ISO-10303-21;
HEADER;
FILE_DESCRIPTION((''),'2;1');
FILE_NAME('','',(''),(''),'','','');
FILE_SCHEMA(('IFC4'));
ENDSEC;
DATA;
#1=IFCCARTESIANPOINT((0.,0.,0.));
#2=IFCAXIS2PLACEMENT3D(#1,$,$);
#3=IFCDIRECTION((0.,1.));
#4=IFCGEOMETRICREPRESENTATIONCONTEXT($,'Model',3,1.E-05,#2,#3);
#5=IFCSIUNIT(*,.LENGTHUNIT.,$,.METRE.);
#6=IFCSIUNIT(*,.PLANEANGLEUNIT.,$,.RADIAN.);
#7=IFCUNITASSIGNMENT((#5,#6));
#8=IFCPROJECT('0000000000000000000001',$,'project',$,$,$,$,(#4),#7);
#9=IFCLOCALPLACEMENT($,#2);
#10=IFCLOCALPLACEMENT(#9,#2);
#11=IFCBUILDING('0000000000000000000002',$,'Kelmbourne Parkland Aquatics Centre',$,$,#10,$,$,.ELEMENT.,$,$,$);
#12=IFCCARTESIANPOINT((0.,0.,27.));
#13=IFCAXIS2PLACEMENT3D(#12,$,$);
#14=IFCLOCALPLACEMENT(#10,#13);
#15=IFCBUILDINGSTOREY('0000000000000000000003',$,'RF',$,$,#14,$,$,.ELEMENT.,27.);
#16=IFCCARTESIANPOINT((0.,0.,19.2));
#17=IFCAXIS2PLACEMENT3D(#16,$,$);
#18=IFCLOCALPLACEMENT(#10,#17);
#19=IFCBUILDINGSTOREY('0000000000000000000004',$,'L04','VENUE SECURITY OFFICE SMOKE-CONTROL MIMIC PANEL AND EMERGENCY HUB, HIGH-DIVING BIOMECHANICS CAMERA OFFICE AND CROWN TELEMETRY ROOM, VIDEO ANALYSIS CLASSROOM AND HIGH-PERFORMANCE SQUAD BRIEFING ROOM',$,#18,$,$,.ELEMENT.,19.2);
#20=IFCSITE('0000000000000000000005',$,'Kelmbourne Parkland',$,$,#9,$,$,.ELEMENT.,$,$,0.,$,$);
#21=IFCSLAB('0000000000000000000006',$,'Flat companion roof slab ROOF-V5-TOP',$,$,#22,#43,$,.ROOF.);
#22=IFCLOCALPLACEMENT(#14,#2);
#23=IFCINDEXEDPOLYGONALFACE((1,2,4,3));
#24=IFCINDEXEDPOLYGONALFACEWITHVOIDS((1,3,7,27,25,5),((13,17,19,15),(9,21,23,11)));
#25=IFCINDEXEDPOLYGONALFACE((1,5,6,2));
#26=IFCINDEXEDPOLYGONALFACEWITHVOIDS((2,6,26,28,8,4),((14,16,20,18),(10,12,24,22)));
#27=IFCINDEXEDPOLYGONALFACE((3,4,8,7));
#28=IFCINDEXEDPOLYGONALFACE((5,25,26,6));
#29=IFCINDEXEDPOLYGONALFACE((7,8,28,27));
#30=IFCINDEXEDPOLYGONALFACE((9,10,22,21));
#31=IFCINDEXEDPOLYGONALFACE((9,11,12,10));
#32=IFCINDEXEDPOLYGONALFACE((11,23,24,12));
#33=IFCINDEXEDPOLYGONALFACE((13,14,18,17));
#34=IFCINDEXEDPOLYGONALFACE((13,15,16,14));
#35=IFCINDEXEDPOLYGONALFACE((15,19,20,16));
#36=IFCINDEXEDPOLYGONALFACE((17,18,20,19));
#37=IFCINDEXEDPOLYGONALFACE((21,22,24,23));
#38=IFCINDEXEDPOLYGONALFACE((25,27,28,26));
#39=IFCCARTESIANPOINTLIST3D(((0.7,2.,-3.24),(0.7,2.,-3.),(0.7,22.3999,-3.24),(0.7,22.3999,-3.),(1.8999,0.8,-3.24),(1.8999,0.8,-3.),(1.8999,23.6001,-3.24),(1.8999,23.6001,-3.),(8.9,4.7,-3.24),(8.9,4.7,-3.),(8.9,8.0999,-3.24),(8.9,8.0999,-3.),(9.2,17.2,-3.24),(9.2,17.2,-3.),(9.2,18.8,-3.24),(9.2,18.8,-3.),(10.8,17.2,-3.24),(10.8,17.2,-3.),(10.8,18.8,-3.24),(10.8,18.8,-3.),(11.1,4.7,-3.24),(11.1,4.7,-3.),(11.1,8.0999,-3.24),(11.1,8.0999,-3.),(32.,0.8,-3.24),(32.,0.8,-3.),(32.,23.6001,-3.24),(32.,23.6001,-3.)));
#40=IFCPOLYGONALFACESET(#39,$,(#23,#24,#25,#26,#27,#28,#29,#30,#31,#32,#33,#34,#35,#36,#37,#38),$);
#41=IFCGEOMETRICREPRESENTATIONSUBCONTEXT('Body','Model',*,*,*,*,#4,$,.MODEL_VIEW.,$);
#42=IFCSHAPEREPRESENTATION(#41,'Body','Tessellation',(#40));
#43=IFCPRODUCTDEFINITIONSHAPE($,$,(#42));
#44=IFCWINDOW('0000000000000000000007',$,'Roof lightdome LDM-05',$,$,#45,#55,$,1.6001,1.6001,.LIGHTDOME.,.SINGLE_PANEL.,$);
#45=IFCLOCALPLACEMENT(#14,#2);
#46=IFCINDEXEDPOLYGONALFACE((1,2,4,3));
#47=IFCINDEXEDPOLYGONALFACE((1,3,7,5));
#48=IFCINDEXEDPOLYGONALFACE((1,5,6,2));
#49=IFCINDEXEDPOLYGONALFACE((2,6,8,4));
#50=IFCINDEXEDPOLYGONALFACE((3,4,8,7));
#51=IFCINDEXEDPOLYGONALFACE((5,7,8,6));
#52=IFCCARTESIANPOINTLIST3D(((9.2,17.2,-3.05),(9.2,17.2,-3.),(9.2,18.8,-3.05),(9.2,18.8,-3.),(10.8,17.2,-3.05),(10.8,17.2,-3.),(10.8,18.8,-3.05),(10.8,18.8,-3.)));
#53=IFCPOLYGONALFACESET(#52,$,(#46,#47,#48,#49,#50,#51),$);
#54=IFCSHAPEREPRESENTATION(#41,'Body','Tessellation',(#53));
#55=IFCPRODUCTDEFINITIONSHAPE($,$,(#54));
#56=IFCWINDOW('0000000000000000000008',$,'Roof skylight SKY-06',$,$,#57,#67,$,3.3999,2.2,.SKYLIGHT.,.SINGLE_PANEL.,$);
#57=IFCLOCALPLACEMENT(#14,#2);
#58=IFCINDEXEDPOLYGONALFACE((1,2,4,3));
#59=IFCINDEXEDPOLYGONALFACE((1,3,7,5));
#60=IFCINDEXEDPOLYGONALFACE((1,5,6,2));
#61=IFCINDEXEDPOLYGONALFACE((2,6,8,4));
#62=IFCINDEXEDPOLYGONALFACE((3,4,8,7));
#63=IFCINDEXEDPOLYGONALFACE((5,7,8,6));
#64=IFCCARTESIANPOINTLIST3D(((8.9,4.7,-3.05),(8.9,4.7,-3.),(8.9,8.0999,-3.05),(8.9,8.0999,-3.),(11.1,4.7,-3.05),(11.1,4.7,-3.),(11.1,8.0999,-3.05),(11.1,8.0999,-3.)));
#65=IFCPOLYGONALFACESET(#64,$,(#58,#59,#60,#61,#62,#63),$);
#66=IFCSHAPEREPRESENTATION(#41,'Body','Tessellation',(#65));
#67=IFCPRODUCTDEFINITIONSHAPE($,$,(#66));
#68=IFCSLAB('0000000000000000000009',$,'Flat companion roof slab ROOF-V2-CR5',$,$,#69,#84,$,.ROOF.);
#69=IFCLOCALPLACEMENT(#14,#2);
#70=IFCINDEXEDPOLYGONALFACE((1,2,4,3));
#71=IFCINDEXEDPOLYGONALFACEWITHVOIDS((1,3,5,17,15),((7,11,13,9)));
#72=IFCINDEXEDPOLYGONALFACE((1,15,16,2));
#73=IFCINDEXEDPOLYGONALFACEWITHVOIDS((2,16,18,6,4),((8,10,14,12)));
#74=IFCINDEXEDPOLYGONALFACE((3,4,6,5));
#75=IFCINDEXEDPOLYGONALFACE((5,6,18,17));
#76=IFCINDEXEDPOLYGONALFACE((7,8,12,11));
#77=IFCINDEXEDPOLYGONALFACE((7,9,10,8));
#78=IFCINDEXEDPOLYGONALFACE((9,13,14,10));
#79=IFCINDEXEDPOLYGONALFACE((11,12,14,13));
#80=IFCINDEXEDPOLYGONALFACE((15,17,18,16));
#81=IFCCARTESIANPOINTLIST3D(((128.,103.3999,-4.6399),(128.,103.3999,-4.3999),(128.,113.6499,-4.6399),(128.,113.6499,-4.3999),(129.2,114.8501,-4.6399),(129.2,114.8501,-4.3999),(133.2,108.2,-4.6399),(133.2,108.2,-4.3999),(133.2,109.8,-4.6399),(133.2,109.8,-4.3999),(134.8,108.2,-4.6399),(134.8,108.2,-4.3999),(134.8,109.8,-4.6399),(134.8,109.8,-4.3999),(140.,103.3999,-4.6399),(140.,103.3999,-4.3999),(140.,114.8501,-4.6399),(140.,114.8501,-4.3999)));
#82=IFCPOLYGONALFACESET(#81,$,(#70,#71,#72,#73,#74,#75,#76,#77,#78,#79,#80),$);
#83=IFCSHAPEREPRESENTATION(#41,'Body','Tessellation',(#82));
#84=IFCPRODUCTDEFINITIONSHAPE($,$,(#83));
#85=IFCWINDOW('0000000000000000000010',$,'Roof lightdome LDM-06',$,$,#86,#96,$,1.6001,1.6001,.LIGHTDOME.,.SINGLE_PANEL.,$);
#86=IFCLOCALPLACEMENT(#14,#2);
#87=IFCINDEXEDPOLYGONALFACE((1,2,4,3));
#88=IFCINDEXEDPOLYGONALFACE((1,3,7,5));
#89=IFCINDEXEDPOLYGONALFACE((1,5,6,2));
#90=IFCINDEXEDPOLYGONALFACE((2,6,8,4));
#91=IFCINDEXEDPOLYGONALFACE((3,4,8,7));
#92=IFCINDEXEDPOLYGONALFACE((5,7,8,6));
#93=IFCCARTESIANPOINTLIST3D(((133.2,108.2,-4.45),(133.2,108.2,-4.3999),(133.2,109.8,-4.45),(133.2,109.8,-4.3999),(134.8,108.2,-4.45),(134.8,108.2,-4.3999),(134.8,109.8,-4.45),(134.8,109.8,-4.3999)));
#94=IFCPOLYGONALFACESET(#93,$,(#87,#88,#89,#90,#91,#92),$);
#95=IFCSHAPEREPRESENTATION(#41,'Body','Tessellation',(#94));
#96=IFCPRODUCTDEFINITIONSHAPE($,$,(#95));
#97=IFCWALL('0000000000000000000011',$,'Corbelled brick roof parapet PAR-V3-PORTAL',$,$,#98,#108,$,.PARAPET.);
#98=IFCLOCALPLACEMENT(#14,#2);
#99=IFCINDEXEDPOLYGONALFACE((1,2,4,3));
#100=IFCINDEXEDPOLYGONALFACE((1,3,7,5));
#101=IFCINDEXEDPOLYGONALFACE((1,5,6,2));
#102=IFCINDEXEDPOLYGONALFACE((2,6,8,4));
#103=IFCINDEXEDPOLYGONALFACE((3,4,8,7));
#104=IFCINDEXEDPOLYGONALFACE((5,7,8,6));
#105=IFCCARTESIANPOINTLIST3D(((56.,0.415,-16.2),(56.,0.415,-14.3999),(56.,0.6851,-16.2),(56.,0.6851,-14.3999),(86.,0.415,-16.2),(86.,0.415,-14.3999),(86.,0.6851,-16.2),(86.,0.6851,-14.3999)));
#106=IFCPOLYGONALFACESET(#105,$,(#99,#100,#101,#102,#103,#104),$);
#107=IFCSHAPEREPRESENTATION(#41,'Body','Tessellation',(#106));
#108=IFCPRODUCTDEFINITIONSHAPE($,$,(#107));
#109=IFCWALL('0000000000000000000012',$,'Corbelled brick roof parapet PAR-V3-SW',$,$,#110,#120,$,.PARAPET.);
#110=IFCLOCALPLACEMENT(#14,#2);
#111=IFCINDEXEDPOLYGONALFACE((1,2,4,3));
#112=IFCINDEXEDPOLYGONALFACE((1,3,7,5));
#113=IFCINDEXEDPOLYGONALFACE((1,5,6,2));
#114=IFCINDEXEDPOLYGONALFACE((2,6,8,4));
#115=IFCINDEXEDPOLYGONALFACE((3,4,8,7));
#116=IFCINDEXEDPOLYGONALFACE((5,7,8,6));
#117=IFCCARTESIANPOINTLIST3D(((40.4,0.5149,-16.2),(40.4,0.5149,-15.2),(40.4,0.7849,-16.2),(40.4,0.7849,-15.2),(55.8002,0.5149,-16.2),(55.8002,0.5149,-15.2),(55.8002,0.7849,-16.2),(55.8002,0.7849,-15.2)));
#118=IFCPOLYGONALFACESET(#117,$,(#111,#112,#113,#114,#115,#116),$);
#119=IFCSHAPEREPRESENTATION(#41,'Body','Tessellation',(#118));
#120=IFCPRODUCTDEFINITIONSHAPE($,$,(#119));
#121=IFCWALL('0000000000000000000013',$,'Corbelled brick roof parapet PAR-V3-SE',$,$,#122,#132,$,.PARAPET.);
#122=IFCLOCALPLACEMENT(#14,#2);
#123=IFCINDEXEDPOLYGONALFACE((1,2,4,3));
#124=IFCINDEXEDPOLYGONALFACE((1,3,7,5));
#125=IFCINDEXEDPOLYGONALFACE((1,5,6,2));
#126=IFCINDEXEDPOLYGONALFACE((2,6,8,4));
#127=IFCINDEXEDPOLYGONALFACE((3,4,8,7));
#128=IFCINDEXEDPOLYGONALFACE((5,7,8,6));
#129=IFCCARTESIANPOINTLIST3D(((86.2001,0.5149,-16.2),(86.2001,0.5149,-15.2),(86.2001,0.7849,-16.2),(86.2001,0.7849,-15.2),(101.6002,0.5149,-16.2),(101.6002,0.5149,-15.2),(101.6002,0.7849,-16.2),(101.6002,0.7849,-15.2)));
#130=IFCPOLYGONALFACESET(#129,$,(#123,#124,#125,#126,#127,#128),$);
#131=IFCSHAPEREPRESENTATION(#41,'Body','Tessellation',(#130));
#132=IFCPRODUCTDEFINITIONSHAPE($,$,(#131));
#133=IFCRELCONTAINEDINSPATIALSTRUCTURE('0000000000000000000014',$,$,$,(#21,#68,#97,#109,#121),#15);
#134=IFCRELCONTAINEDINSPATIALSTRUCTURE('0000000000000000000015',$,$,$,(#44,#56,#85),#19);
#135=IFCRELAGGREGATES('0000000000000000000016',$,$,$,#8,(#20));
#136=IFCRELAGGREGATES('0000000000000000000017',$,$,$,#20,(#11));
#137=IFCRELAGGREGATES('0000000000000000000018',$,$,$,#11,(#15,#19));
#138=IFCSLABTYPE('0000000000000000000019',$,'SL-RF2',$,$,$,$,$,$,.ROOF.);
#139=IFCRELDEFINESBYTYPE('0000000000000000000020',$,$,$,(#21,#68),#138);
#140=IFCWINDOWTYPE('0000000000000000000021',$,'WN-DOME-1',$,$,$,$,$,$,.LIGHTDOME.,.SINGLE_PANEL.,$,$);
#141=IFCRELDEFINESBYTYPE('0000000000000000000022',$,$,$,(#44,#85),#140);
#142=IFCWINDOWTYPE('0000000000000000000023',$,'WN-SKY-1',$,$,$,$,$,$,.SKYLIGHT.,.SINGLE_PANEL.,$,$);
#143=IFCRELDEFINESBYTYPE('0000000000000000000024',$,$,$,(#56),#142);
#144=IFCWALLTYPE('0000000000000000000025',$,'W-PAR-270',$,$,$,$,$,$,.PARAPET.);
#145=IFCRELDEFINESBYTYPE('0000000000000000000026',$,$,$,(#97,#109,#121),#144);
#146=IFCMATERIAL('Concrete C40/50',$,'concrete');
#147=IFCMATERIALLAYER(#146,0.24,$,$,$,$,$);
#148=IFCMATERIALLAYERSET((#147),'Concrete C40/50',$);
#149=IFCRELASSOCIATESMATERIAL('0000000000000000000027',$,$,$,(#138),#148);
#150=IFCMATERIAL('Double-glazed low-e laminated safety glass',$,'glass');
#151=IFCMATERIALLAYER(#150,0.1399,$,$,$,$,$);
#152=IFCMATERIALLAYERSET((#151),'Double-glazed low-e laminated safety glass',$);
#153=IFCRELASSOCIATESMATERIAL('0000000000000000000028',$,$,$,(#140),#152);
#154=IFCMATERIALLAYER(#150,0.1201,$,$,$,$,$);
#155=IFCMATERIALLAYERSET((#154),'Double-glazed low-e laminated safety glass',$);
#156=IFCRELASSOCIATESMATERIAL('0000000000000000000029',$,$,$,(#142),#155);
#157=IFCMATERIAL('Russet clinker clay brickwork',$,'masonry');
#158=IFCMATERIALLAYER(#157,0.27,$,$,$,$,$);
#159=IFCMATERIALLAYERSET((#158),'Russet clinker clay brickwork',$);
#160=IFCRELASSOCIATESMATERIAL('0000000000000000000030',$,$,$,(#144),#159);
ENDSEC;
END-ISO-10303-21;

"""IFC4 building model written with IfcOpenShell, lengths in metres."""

from ifc_helpers import new_model, si_unit, direction, frame, frame_2d, origin, origin_2d, place, context, subcontext, project, spatial, polyline, rectangle, outline, extrude, material, layer, layer_set, type_object, element, fill, save


model = new_model("IFC4")

# Units and contexts
model_context = context("Model", 3, precision=1e-05, world=origin(), true_north=direction((0.0, 1.0)))
body_context = subcontext(model_context, "Body", "Model", "MODEL_VIEW")
ifc_project = project(units=[si_unit("LENGTHUNIT", "METRE"), si_unit("PLANEANGLEUNIT", "RADIAN")], contexts=[model_context])

# Site, building, storey
site_placement = place(None, origin())
site = spatial("IfcSite", under=ifc_project, at=site_placement, Name="Kelmbourne Parkland", CompositionType="ELEMENT", RefElevation=0.0)
building_placement = place(site_placement, origin())
building = spatial("IfcBuilding", under=site, at=building_placement, Name="Kelmbourne Parkland Aquatics Centre", CompositionType="ELEMENT")
storey_1_placement = place(building_placement, frame((0.0, 0.0, 27.0)))
storey_1 = spatial("IfcBuildingStorey", under=building, at=storey_1_placement, Name="RF", CompositionType="ELEMENT", Elevation=27.0)

# Shared definitions
ifc_material_1 = material(Name="Concrete C40/50", Category="concrete")

# Slab, openings
ifc_layer_1 = layer(ifc_material_1, 0.24)
ifc_layer_set_1 = layer_set([ifc_layer_1], Name="Concrete C40/50")
slab_type = type_object("IfcSlabType", Name="SL-RF2", PredefinedType="ROOF", material=ifc_layer_set_1)
slab_1_placement = place(storey_1_placement, frame((0.0, 0.0, -3.24)))
slab_1 = element("IfcSlab", 1, at=slab_1_placement, inside=storey_1, type_object=slab_type, Name="Flat companion roof slab ROOF-V5-TOP", PredefinedType="ROOF", context=body_context, shape_type="SweptSolid", body=[
    extrude(outline(polyline([(32.0, 0.8), (32.0, 23.6001), (1.8999, 23.6001), (0.7, 22.3999), (0.7, 2.0), (1.8999, 0.8), (32.0, 0.8)])), origin(), (0.0, 0.0, 1.0), 0.24),
])
opening_1_placement = place(slab_1_placement, frame((10.0, 6.3999, 0.0)))
opening_1 = element("IfcOpeningElement", 2, at=opening_1_placement, cuts=slab_1, PredefinedType="OPENING", context=body_context, shape_type="SweptSolid", body=[
    extrude(rectangle(XDim=2.2, YDim=3.3999, at=origin_2d()), frame((0.0, 0.0, -0.012)), (0.0, 0.0, 1.0), 0.2639),
])
opening_2_placement = place(slab_1_placement, frame((10.0, 18.0, 0.0)))
opening_2 = element("IfcOpeningElement", 3, at=opening_2_placement, cuts=slab_1, PredefinedType="OPENING", context=body_context, shape_type="SweptSolid", body=[
    extrude(rectangle(XDim=1.6001, YDim=1.6001, at=origin_2d()), frame((0.0, 0.0, -0.012)), (0.0, 0.0, 1.0), 0.2639),
])

# Shared definitions
storey_2_placement = place(building_placement, frame((0.0, 0.0, 19.2)))
storey_2 = spatial("IfcBuildingStorey", under=building, at=storey_2_placement, Name="L04", Description="VENUE SECURITY OFFICE SMOKE-CONTROL MIMIC PANEL AND EMERGENCY HUB, HIGH-DIVING BIOMECHANICS CAMERA OFFICE AND CROWN TELEMETRY ROOM, VIDEO ANALYSIS CLASSROOM AND HIGH-PERFORMANCE SQUAD BRIEFING ROOM", CompositionType="ELEMENT", Elevation=19.2)

# Windows
ifc_material_2 = material(Name="Double-glazed low-e laminated safety glass", Category="glass")
ifc_layer_2 = layer(ifc_material_2, 0.1399)
ifc_layer_set_2 = layer_set([ifc_layer_2], Name="Double-glazed low-e laminated safety glass")
window_type_1 = type_object("IfcWindowType", Name="WN-DOME-1", PartitioningType="SINGLE_PANEL", PredefinedType="LIGHTDOME", material=ifc_layer_set_2)
window_1_placement = place(opening_2_placement, frame((0.0, 0.0, 0.1899)))
window_1 = element("IfcWindow", 4, at=window_1_placement, inside=storey_2, type_object=window_type_1, Name="Roof lightdome LDM-05", OverallHeight=1.6001, OverallWidth=1.6001, PartitioningType="SINGLE_PANEL", PredefinedType="LIGHTDOME", context=body_context, shape_type="SweptSolid", body=[
    extrude(rectangle(XDim=1.6001, YDim=1.6001, at=origin_2d()), origin(), (0.0, 0.0, 1.0), 0.05),
])
fill(opening_2, window_1)
ifc_layer_3 = layer(ifc_material_2, 0.1201)
ifc_layer_set_3 = layer_set([ifc_layer_3], Name="Double-glazed low-e laminated safety glass")
window_type_2 = type_object("IfcWindowType", Name="WN-SKY-1", PartitioningType="SINGLE_PANEL", PredefinedType="SKYLIGHT", material=ifc_layer_set_3)
window_2_placement = place(opening_1_placement, frame((0.0, 0.0, 0.1899)))
window_2 = element("IfcWindow", 5, at=window_2_placement, inside=storey_2, type_object=window_type_2, Name="Roof skylight SKY-06", OverallHeight=3.3999, OverallWidth=2.2, PartitioningType="SINGLE_PANEL", PredefinedType="SKYLIGHT", context=body_context, shape_type="SweptSolid", body=[
    extrude(rectangle(XDim=2.2, YDim=3.3999, at=origin_2d()), origin(), (0.0, 0.0, 1.0), 0.05),
])
fill(opening_1, window_2)

# Slab, opening, window
slab_2_placement = place(storey_1_placement, frame((0.0, 0.0, -4.6399)))
slab_2 = element("IfcSlab", 6, at=slab_2_placement, inside=storey_1, type_object=slab_type, Name="Flat companion roof slab ROOF-V2-CR5", PredefinedType="ROOF", context=body_context, shape_type="SweptSolid", body=[
    extrude(outline(polyline([(128.0, 103.3999), (140.0, 103.3999), (140.0, 114.8501), (129.2, 114.8501), (128.0, 113.6499), (128.0, 103.3999)])), origin(), (0.0, 0.0, 1.0), 0.24),
])
opening_3_placement = place(slab_2_placement, frame((134.0, 109.0, 0.0)))
opening_3 = element("IfcOpeningElement", 7, at=opening_3_placement, cuts=slab_2, PredefinedType="OPENING", context=body_context, shape_type="SweptSolid", body=[
    extrude(rectangle(XDim=1.6001, YDim=1.6001, at=origin_2d()), frame((0.0, 0.0, -0.012)), (0.0, 0.0, 1.0), 0.2639),
])
window_3_placement = place(opening_3_placement, frame((0.0, 0.0, 0.1899)))
window_3 = element("IfcWindow", 8, at=window_3_placement, inside=storey_2, type_object=window_type_1, Name="Roof lightdome LDM-06", OverallHeight=1.6001, OverallWidth=1.6001, PartitioningType="SINGLE_PANEL", PredefinedType="LIGHTDOME", context=body_context, shape_type="SweptSolid", body=[
    extrude(rectangle(XDim=1.6001, YDim=1.6001, at=origin_2d()), origin(), (0.0, 0.0, 1.0), 0.05),
])
fill(opening_3, window_3)

# Walls
ifc_material_3 = material(Name="Russet clinker clay brickwork", Category="masonry")
ifc_layer_4 = layer(ifc_material_3, 0.27)
ifc_layer_set_4 = layer_set([ifc_layer_4], Name="Russet clinker clay brickwork")
wall_type = type_object("IfcWallType", Name="W-PAR-270", PredefinedType="PARAPET", material=ifc_layer_set_4)
wall_placement = place(storey_1_placement, frame((56.0, 0.55, -16.2), z_axis=(0.0, 0.0, 1.0), x_axis=(1.0, 0.0, 0.0)))
element("IfcWall", 9, at=wall_placement, inside=storey_1, type_object=wall_type, Name="Corbelled brick roof parapet PAR-V3-PORTAL", PredefinedType="PARAPET", context=body_context, shape_type="SweptSolid", body=[
    extrude(rectangle(XDim=30.0, YDim=0.27, at=frame_2d((15.0, 0.0))), origin(), (0.0, 0.0, 1.0), 1.8),
])
for number, where, z_axis, x_axis, name in (
    (10, (40.3999, 0.6499, -16.2), (0.0, 0.0, 1.0), (1.0, 0.0, 0.0), "Corbelled brick roof parapet PAR-V3-SW"),
    (11, (86.2, 0.6499, -16.2), (0.0, 0.0, 1.0), (1.0, 0.0, 0.0), "Corbelled brick roof parapet PAR-V3-SE"),
):
    element("IfcWall", number, at=place(storey_1_placement, frame(where, z_axis=z_axis, x_axis=x_axis)), inside=storey_1, type_object=wall_type, Name=name, PredefinedType="PARAPET", context=body_context, shape_type="SweptSolid", body=[
        extrude(rectangle(XDim=15.4001, YDim=0.27, at=frame_2d((7.7002, 0.0))), origin(), (0.0, 0.0, 1.0), 1.0),
    ])

save(model, "model.ifc")
